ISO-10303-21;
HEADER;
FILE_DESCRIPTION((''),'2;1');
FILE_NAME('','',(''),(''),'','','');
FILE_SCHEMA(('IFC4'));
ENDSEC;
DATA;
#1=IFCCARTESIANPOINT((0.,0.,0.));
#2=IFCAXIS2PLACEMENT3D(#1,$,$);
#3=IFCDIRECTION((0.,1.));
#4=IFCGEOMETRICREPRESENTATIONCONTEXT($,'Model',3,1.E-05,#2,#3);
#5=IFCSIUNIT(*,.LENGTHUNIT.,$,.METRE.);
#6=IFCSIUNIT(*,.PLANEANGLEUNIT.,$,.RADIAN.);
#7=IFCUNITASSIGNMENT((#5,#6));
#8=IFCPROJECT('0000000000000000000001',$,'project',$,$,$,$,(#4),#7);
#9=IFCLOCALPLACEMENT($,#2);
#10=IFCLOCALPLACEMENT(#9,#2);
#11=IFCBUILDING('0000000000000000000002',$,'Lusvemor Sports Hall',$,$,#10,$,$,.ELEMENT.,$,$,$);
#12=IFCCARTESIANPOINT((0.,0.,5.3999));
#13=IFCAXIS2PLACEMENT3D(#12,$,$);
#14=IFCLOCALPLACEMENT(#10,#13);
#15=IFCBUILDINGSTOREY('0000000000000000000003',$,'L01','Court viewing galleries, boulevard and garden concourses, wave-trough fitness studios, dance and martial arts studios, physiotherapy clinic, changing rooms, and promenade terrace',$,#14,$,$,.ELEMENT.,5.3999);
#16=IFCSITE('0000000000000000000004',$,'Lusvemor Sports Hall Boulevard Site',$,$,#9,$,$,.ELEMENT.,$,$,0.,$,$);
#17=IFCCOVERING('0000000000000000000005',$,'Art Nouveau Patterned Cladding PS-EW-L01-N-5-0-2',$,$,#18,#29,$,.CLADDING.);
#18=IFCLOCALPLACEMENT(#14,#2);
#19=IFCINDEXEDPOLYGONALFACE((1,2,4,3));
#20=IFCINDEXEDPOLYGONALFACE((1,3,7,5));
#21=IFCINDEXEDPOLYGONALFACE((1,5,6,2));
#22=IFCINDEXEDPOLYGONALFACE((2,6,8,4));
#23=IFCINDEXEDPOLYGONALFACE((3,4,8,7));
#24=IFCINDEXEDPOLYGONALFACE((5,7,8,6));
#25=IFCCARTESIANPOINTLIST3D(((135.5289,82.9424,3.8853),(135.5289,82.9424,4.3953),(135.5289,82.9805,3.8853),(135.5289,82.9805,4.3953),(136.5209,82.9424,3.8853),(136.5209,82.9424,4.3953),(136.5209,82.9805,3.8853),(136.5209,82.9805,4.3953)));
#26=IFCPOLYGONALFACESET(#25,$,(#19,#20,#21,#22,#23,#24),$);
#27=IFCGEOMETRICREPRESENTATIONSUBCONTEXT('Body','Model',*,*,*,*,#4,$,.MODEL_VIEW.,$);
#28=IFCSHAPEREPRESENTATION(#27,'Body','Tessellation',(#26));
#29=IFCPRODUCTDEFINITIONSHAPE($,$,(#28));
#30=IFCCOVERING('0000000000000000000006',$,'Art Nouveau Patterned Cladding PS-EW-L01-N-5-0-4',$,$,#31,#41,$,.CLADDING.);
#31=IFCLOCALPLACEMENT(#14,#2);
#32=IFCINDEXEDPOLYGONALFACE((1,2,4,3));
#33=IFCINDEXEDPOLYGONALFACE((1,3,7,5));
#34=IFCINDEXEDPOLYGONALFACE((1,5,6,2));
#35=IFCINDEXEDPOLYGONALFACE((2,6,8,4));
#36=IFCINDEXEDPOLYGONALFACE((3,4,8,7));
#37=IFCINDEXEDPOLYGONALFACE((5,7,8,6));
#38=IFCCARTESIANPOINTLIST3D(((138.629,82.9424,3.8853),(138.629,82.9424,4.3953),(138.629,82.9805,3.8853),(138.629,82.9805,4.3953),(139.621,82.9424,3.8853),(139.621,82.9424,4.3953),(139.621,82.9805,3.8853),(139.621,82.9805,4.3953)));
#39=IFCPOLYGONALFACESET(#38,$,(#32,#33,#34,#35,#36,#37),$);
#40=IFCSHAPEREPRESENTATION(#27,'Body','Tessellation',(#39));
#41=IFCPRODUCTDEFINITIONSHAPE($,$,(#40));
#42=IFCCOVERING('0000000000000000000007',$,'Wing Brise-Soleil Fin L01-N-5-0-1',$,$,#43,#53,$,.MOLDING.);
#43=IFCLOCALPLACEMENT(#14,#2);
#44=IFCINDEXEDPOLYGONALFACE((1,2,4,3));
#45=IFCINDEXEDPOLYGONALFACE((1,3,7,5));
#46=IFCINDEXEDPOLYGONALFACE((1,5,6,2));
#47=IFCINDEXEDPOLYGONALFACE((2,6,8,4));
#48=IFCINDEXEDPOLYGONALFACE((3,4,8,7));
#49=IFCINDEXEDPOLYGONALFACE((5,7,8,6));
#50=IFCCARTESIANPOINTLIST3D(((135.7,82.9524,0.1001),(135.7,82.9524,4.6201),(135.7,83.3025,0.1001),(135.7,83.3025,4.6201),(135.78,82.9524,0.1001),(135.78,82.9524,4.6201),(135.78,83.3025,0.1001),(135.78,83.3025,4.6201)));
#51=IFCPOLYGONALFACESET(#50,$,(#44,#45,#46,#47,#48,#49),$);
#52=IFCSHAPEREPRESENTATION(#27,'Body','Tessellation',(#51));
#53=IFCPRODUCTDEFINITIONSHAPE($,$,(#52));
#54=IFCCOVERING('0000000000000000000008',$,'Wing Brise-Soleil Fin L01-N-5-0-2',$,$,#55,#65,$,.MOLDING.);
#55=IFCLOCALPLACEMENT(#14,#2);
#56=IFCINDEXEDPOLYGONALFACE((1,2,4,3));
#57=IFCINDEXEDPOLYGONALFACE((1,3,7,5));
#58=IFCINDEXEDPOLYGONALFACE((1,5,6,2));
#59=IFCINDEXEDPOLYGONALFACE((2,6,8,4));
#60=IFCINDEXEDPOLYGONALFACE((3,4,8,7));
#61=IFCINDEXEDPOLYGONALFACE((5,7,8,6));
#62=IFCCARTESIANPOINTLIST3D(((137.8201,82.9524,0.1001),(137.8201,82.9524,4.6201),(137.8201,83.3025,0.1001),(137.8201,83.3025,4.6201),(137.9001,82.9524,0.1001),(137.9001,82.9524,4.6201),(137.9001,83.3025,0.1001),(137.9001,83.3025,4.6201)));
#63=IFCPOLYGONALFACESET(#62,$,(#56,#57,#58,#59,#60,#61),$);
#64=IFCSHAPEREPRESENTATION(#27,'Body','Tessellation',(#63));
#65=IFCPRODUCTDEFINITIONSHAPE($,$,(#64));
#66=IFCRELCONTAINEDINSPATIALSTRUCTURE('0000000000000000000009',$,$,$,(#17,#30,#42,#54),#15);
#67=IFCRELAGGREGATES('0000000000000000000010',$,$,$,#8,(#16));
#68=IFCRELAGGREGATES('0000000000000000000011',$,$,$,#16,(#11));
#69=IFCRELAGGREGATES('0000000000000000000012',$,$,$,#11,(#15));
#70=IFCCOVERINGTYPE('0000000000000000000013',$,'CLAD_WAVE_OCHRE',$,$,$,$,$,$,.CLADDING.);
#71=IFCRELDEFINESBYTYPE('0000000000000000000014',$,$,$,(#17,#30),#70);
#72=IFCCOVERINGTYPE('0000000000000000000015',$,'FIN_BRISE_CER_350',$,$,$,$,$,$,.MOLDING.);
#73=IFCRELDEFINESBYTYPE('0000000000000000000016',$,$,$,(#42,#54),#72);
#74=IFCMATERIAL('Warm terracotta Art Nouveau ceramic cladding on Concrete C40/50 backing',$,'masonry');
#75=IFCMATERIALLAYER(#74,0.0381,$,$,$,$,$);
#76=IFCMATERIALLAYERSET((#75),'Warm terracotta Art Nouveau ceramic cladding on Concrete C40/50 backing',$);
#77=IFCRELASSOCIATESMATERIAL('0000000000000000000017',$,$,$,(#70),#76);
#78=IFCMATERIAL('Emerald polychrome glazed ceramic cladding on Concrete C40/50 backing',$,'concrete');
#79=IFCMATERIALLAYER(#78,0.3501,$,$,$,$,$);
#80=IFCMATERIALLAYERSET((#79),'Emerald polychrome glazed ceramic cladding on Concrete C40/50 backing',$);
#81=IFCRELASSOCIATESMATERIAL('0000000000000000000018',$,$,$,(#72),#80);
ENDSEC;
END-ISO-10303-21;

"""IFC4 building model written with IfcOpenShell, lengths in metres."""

from ifc_helpers import new_model, si_unit, direction, frame, origin, origin_2d, place, context, subcontext, project, spatial, rectangle, extrude, material, layer, layer_set, type_object, element, save


model = new_model("IFC4")

# Units and contexts
model_context = context("Model", 3, precision=1e-05, world=origin(), true_north=direction((0.0, 1.0)))
body_context = subcontext(model_context, "Body", "Model", "MODEL_VIEW")
ifc_project = project(units=[si_unit("LENGTHUNIT", "METRE"), si_unit("PLANEANGLEUNIT", "RADIAN")], contexts=[model_context])

# Site, building, storey
site_placement = place(None, origin())
site = spatial("IfcSite", under=ifc_project, at=site_placement, Name="Lusvemor Sports Hall Boulevard Site", CompositionType="ELEMENT", RefElevation=0.0)
building_placement = place(site_placement, origin())
building = spatial("IfcBuilding", under=site, at=building_placement, Name="Lusvemor Sports Hall", CompositionType="ELEMENT")
storey_placement = place(building_placement, frame((0.0, 0.0, 5.3999)))
storey = spatial("IfcBuildingStorey", under=building, at=storey_placement, Name="L01", Description="Court viewing galleries, boulevard and garden concourses, wave-trough fitness studios, dance and martial arts studios, physiotherapy clinic, changing rooms, and promenade terrace", CompositionType="ELEMENT", Elevation=5.3999)

# Coverings
ifc_material_1 = material(Name="Warm terracotta Art Nouveau ceramic cladding on Concrete C40/50 backing", Category="masonry")
ifc_layer_1 = layer(ifc_material_1, 0.0381)
ifc_layer_set_1 = layer_set([ifc_layer_1], Name="Warm terracotta Art Nouveau ceramic cladding on Concrete C40/50 backing")
covering_type_1 = type_object("IfcCoveringType", Name="CLAD_WAVE_OCHRE", PredefinedType="CLADDING", material=ifc_layer_set_1)
for number, where, z_axis, x_axis, name in (
    (1, (136.0249, 82.9614, 3.8853), (0.0, 0.0, 1.0), (1.0, 0.0, 0.0), "Art Nouveau Patterned Cladding PS-EW-L01-N-5-0-2"),
    (2, (139.125, 82.9614, 3.8853), (0.0, 0.0, 1.0), (1.0, 0.0, 0.0), "Art Nouveau Patterned Cladding PS-EW-L01-N-5-0-4"),
):
    element("IfcCovering", number, at=place(storey_placement, frame(where, z_axis=z_axis, x_axis=x_axis)), inside=storey, type_object=covering_type_1, Name=name, PredefinedType="CLADDING", context=body_context, shape_type="SweptSolid", body=[
        extrude(rectangle(XDim=0.9919, YDim=0.0381, at=origin_2d()), origin(), (0.0, 0.0, 1.0), 0.51),
    ])
ifc_material_2 = material(Name="Emerald polychrome glazed ceramic cladding on Concrete C40/50 backing", Category="concrete")
ifc_layer_2 = layer(ifc_material_2, 0.3501)
ifc_layer_set_2 = layer_set([ifc_layer_2], Name="Emerald polychrome glazed ceramic cladding on Concrete C40/50 backing")
covering_type_2 = type_object("IfcCoveringType", Name="FIN_BRISE_CER_350", PredefinedType="MOLDING", material=ifc_layer_set_2)
for number, where, z_axis, x_axis, name in (
    (3, (135.74, 83.1274, 0.1001), (0.0, 0.0, 1.0), (1.0, 0.0, 0.0), "Wing Brise-Soleil Fin L01-N-5-0-1"),
    (4, (137.8601, 83.1274, 0.1001), (0.0, 0.0, 1.0), (1.0, 0.0, 0.0), "Wing Brise-Soleil Fin L01-N-5-0-2"),
):
    element("IfcCovering", number, at=place(storey_placement, frame(where, z_axis=z_axis, x_axis=x_axis)), inside=storey, type_object=covering_type_2, Name=name, PredefinedType="MOLDING", context=body_context, shape_type="SweptSolid", body=[
        extrude(rectangle(XDim=0.0801, YDim=0.3501, at=origin_2d()), origin(), (0.0, 0.0, 1.0), 4.52),
    ])

save(model, "model.ifc")
